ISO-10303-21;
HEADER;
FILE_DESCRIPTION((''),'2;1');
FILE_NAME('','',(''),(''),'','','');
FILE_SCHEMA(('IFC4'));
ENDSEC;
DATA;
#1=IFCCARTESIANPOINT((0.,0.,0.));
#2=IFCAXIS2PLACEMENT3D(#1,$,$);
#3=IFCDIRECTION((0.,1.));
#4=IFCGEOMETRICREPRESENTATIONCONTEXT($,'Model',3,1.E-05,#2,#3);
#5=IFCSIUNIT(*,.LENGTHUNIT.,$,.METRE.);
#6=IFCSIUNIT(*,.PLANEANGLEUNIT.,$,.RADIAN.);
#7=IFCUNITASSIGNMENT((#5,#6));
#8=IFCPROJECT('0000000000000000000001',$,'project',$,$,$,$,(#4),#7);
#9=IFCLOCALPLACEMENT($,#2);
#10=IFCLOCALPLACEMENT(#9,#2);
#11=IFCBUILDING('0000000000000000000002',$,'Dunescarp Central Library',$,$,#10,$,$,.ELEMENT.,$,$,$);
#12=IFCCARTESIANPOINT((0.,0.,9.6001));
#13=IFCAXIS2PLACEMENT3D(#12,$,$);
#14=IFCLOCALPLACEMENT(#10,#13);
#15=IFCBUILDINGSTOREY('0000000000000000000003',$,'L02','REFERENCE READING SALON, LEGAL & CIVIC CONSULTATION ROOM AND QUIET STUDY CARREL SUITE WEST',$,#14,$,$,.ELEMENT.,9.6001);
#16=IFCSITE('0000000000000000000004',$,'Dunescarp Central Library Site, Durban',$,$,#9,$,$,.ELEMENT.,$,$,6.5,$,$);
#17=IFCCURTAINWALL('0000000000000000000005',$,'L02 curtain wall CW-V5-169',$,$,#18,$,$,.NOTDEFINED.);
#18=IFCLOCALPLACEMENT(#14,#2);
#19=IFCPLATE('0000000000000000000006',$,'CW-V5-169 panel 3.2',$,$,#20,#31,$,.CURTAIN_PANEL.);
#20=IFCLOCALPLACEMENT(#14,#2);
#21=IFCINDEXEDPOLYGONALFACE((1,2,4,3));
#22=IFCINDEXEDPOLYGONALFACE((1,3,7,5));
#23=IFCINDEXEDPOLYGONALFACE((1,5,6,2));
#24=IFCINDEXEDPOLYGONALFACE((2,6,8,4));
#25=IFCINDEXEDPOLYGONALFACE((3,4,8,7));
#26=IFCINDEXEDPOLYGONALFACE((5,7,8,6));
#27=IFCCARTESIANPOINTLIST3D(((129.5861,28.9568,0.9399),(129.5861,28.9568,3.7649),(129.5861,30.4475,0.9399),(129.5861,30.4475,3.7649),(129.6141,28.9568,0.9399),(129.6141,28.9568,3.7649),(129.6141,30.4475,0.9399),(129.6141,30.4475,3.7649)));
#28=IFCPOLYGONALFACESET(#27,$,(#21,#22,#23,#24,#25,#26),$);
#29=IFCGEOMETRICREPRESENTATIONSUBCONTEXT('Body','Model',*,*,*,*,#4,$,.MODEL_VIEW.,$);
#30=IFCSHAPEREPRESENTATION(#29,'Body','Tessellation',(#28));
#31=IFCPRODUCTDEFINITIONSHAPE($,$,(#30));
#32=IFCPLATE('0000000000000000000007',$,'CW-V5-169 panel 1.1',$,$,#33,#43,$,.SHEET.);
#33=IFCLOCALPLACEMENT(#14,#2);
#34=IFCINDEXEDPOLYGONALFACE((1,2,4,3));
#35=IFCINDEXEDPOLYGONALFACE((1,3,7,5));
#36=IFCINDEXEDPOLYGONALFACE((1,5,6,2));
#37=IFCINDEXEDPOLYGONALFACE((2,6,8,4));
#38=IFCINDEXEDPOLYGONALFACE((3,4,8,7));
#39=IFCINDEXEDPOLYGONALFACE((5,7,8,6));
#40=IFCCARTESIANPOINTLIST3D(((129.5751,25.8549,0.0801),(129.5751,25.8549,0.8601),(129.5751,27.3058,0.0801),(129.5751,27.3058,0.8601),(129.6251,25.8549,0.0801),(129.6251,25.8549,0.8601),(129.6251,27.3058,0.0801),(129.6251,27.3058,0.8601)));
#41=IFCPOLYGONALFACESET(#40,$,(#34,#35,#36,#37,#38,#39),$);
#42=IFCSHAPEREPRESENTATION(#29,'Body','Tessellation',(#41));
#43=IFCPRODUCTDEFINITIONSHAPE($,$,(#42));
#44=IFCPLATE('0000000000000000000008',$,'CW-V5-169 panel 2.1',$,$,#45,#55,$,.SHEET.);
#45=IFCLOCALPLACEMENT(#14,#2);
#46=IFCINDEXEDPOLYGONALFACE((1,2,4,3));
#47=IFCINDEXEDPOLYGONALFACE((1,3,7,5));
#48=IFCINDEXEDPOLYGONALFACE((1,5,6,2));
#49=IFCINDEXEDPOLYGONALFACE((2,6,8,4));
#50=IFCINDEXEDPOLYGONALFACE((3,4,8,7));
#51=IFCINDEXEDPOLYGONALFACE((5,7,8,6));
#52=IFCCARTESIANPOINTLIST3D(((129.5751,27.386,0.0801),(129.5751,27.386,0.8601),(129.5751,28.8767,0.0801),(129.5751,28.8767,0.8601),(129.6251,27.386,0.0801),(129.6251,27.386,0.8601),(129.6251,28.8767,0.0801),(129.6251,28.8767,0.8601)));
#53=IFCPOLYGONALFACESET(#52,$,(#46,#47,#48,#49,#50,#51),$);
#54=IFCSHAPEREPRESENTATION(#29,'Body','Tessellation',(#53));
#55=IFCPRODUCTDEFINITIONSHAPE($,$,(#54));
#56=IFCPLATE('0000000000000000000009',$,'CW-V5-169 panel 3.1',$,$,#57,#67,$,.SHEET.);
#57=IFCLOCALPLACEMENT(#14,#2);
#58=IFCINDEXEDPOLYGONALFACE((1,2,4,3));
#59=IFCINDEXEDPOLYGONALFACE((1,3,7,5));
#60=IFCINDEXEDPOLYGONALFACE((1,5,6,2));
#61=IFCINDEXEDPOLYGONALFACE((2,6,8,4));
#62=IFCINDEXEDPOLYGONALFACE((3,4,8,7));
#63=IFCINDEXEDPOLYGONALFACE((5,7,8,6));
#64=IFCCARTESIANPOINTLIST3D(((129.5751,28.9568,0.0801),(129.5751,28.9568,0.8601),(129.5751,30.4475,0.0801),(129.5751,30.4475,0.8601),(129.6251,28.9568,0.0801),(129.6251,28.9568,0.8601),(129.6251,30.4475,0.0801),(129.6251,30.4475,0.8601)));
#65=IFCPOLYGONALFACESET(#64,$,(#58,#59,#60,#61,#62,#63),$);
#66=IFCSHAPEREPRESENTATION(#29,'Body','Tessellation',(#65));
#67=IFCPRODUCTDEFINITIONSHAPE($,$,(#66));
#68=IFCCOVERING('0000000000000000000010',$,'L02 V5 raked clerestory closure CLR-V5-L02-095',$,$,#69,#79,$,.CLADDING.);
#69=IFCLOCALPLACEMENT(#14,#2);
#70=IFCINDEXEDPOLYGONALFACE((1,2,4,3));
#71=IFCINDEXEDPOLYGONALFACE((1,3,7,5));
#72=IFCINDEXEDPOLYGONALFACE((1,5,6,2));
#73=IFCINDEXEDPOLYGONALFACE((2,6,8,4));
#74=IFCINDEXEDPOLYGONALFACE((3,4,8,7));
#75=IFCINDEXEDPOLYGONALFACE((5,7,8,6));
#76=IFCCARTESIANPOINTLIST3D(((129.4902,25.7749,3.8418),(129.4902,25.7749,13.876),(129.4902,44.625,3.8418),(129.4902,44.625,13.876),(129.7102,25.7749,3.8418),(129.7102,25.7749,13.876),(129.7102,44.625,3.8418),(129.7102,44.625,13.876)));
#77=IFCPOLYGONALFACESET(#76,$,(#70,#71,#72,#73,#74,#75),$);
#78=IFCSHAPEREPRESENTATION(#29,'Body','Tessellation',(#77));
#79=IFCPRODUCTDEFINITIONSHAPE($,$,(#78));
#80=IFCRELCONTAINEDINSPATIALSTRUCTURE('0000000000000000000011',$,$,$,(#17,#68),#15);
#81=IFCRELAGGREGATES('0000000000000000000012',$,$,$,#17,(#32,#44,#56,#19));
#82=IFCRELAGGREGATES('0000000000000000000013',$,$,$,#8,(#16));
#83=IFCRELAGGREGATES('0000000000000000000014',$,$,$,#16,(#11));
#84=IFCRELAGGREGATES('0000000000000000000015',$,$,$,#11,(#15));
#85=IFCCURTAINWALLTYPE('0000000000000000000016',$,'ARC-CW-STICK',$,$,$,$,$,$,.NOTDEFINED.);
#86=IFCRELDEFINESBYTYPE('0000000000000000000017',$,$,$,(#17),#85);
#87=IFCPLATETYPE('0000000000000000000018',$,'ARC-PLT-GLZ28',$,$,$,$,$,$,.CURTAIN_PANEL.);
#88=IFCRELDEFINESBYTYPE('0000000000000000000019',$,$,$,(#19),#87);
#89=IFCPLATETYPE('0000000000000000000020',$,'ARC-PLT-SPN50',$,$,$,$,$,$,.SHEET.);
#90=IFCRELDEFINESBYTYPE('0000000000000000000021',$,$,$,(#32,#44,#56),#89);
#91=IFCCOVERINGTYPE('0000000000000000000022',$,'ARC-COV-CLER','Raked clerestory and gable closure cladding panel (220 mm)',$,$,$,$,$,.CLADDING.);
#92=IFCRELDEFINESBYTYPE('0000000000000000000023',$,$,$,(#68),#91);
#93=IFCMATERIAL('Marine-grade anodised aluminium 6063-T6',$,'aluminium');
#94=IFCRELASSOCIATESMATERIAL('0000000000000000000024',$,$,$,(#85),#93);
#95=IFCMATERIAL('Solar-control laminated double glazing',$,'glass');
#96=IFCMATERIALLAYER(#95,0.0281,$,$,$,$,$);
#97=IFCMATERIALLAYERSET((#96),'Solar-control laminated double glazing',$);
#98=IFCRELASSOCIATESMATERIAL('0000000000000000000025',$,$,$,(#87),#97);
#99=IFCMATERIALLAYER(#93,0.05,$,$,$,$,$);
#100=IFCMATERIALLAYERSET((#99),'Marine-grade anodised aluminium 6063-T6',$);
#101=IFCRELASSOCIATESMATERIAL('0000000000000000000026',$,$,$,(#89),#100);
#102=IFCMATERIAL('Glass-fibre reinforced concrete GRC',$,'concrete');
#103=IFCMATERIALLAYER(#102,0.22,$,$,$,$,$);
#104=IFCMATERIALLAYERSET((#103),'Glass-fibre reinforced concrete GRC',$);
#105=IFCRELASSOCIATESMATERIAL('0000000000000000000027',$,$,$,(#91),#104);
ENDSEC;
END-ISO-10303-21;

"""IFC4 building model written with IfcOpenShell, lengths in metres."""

from ifc_helpers import new_model, si_unit, direction, frame, origin, origin_2d, place, context, subcontext, project, spatial, polyline, rectangle, outline, extrude, material, layer, layer_set, type_object, element, aggregate, save


model = new_model("IFC4")

# Units and contexts
model_context = context("Model", 3, precision=1e-05, world=origin(), true_north=direction((0.0, 1.0)))
body_context = subcontext(model_context, "Body", "Model", "MODEL_VIEW")
ifc_project = project(units=[si_unit("LENGTHUNIT", "METRE"), si_unit("PLANEANGLEUNIT", "RADIAN")], contexts=[model_context])

# Site, building, storey
site_placement = place(None, origin())
site = spatial("IfcSite", under=ifc_project, at=site_placement, Name="Dunescarp Central Library Site, Durban", CompositionType="ELEMENT", RefElevation=6.5)
building_placement = place(site_placement, origin())
building = spatial("IfcBuilding", under=site, at=building_placement, Name="Dunescarp Central Library", CompositionType="ELEMENT")
storey_placement = place(building_placement, frame((0.0, 0.0, 9.6001)))
storey = spatial("IfcBuildingStorey", under=building, at=storey_placement, Name="L02", Description="REFERENCE READING SALON, LEGAL & CIVIC CONSULTATION ROOM AND QUIET STUDY CARREL SUITE WEST", CompositionType="ELEMENT", Elevation=9.6001)

# Curtain wall
ifc_material_1 = material(Name="Marine-grade anodised aluminium 6063-T6", Category="aluminium")
curtain_wall_type = type_object("IfcCurtainWallType", Name="ARC-CW-STICK", PredefinedType="NOTDEFINED", material=ifc_material_1)
curtain_wall_placement = place(storey_placement, origin())
curtain_wall = element("IfcCurtainWall", 1, at=curtain_wall_placement, inside=storey, type_object=curtain_wall_type, Name="L02 curtain wall CW-V5-169", PredefinedType="NOTDEFINED")

# Plates
ifc_material_2 = material(Name="Solar-control laminated double glazing", Category="glass")
ifc_layer_1 = layer(ifc_material_2, 0.0281)
ifc_layer_set_1 = layer_set([ifc_layer_1], Name="Solar-control laminated double glazing")
plate_type_1 = type_object("IfcPlateType", Name="ARC-PLT-GLZ28", PredefinedType="CURTAIN_PANEL", material=ifc_layer_set_1)
plate_1_placement = place(storey_placement, frame((129.6001, 29.7021, 0.9399), z_axis=(0.0, 0.0, 1.0), x_axis=(0.0, 1.0, 0.0)))
plate_1 = element("IfcPlate", 2, at=plate_1_placement, type_object=plate_type_1, Name="CW-V5-169 panel 3.2", PredefinedType="CURTAIN_PANEL", context=body_context, shape_type="SweptSolid", body=[
    extrude(rectangle(XDim=1.4907, YDim=0.0281, at=origin_2d()), origin(), (0.0, 0.0, 1.0), 2.825),
])
ifc_layer_2 = layer(ifc_material_1, 0.05)
ifc_layer_set_2 = layer_set([ifc_layer_2], Name="Marine-grade anodised aluminium 6063-T6")
plate_type_2 = type_object("IfcPlateType", Name="ARC-PLT-SPN50", PredefinedType="SHEET", material=ifc_layer_set_2)
plate_2_placement = place(storey_placement, frame((129.6001, 26.5803, 0.0801), z_axis=(0.0, 0.0, 1.0), x_axis=(0.0, 1.0, 0.0)))
plate_2 = element("IfcPlate", 3, at=plate_2_placement, type_object=plate_type_2, Name="CW-V5-169 panel 1.1", PredefinedType="SHEET", context=body_context, shape_type="SweptSolid", body=[
    extrude(rectangle(XDim=1.4509, YDim=0.05, at=origin_2d()), origin(), (0.0, 0.0, 1.0), 0.78),
])
plate_3_placement = place(storey_placement, frame((129.6001, 28.1313, 0.0801), z_axis=(0.0, 0.0, 1.0), x_axis=(0.0, 1.0, 0.0)))
plate_3 = element("IfcPlate", 4, at=plate_3_placement, type_object=plate_type_2, Name="CW-V5-169 panel 2.1", PredefinedType="SHEET", context=body_context, shape_type="SweptSolid", body=[
    extrude(rectangle(XDim=1.4907, YDim=0.05, at=origin_2d()), origin(), (0.0, 0.0, 1.0), 0.78),
])
plate_4_placement = place(storey_placement, frame((129.6001, 29.7021, 0.0801), z_axis=(0.0, 0.0, 1.0), x_axis=(0.0, 1.0, 0.0)))
plate_4 = element("IfcPlate", 5, at=plate_4_placement, type_object=plate_type_2, Name="CW-V5-169 panel 3.1", PredefinedType="SHEET", context=body_context, shape_type="SweptSolid", body=[
    extrude(rectangle(XDim=1.4907, YDim=0.05, at=origin_2d()), origin(), (0.0, 0.0, 1.0), 0.78),
])
aggregate(curtain_wall, [plate_2, plate_3, plate_4, plate_1])

# Covering
ifc_material_3 = material(Name="Glass-fibre reinforced concrete GRC", Category="concrete")
ifc_layer_3 = layer(ifc_material_3, 0.22)
ifc_layer_set_3 = layer_set([ifc_layer_3], Name="Glass-fibre reinforced concrete GRC")
covering_type = type_object("IfcCoveringType", Name="ARC-COV-CLER", Description="Raked clerestory and gable closure cladding panel (220 mm)", PredefinedType="CLADDING", material=ifc_layer_set_3)
covering_placement = place(storey_placement, frame((129.6001, 25.7749, 3.8418), z_axis=(0.0, 0.0, 1.0), x_axis=(0.0, 1.0, 0.0)))
element("IfcCovering", 6, at=covering_placement, inside=storey, type_object=covering_type, Name="L02 V5 raked clerestory closure CLR-V5-L02-095", PredefinedType="CLADDING", context=body_context, shape_type="SweptSolid", body=[
    extrude(outline(polyline([(0.0, 0.0), (18.8501, 0.0), (18.8501, 10.0342), (0.0, 10.0342), (0.0, 0.0)])), frame((0.0, 0.1099, 0.0), z_axis=(0.0, -1.0, 0.0), x_axis=(1.0, 0.0, 0.0)), (0.0, 0.0, 1.0), 0.22),
])

save(model, "model.ifc")
